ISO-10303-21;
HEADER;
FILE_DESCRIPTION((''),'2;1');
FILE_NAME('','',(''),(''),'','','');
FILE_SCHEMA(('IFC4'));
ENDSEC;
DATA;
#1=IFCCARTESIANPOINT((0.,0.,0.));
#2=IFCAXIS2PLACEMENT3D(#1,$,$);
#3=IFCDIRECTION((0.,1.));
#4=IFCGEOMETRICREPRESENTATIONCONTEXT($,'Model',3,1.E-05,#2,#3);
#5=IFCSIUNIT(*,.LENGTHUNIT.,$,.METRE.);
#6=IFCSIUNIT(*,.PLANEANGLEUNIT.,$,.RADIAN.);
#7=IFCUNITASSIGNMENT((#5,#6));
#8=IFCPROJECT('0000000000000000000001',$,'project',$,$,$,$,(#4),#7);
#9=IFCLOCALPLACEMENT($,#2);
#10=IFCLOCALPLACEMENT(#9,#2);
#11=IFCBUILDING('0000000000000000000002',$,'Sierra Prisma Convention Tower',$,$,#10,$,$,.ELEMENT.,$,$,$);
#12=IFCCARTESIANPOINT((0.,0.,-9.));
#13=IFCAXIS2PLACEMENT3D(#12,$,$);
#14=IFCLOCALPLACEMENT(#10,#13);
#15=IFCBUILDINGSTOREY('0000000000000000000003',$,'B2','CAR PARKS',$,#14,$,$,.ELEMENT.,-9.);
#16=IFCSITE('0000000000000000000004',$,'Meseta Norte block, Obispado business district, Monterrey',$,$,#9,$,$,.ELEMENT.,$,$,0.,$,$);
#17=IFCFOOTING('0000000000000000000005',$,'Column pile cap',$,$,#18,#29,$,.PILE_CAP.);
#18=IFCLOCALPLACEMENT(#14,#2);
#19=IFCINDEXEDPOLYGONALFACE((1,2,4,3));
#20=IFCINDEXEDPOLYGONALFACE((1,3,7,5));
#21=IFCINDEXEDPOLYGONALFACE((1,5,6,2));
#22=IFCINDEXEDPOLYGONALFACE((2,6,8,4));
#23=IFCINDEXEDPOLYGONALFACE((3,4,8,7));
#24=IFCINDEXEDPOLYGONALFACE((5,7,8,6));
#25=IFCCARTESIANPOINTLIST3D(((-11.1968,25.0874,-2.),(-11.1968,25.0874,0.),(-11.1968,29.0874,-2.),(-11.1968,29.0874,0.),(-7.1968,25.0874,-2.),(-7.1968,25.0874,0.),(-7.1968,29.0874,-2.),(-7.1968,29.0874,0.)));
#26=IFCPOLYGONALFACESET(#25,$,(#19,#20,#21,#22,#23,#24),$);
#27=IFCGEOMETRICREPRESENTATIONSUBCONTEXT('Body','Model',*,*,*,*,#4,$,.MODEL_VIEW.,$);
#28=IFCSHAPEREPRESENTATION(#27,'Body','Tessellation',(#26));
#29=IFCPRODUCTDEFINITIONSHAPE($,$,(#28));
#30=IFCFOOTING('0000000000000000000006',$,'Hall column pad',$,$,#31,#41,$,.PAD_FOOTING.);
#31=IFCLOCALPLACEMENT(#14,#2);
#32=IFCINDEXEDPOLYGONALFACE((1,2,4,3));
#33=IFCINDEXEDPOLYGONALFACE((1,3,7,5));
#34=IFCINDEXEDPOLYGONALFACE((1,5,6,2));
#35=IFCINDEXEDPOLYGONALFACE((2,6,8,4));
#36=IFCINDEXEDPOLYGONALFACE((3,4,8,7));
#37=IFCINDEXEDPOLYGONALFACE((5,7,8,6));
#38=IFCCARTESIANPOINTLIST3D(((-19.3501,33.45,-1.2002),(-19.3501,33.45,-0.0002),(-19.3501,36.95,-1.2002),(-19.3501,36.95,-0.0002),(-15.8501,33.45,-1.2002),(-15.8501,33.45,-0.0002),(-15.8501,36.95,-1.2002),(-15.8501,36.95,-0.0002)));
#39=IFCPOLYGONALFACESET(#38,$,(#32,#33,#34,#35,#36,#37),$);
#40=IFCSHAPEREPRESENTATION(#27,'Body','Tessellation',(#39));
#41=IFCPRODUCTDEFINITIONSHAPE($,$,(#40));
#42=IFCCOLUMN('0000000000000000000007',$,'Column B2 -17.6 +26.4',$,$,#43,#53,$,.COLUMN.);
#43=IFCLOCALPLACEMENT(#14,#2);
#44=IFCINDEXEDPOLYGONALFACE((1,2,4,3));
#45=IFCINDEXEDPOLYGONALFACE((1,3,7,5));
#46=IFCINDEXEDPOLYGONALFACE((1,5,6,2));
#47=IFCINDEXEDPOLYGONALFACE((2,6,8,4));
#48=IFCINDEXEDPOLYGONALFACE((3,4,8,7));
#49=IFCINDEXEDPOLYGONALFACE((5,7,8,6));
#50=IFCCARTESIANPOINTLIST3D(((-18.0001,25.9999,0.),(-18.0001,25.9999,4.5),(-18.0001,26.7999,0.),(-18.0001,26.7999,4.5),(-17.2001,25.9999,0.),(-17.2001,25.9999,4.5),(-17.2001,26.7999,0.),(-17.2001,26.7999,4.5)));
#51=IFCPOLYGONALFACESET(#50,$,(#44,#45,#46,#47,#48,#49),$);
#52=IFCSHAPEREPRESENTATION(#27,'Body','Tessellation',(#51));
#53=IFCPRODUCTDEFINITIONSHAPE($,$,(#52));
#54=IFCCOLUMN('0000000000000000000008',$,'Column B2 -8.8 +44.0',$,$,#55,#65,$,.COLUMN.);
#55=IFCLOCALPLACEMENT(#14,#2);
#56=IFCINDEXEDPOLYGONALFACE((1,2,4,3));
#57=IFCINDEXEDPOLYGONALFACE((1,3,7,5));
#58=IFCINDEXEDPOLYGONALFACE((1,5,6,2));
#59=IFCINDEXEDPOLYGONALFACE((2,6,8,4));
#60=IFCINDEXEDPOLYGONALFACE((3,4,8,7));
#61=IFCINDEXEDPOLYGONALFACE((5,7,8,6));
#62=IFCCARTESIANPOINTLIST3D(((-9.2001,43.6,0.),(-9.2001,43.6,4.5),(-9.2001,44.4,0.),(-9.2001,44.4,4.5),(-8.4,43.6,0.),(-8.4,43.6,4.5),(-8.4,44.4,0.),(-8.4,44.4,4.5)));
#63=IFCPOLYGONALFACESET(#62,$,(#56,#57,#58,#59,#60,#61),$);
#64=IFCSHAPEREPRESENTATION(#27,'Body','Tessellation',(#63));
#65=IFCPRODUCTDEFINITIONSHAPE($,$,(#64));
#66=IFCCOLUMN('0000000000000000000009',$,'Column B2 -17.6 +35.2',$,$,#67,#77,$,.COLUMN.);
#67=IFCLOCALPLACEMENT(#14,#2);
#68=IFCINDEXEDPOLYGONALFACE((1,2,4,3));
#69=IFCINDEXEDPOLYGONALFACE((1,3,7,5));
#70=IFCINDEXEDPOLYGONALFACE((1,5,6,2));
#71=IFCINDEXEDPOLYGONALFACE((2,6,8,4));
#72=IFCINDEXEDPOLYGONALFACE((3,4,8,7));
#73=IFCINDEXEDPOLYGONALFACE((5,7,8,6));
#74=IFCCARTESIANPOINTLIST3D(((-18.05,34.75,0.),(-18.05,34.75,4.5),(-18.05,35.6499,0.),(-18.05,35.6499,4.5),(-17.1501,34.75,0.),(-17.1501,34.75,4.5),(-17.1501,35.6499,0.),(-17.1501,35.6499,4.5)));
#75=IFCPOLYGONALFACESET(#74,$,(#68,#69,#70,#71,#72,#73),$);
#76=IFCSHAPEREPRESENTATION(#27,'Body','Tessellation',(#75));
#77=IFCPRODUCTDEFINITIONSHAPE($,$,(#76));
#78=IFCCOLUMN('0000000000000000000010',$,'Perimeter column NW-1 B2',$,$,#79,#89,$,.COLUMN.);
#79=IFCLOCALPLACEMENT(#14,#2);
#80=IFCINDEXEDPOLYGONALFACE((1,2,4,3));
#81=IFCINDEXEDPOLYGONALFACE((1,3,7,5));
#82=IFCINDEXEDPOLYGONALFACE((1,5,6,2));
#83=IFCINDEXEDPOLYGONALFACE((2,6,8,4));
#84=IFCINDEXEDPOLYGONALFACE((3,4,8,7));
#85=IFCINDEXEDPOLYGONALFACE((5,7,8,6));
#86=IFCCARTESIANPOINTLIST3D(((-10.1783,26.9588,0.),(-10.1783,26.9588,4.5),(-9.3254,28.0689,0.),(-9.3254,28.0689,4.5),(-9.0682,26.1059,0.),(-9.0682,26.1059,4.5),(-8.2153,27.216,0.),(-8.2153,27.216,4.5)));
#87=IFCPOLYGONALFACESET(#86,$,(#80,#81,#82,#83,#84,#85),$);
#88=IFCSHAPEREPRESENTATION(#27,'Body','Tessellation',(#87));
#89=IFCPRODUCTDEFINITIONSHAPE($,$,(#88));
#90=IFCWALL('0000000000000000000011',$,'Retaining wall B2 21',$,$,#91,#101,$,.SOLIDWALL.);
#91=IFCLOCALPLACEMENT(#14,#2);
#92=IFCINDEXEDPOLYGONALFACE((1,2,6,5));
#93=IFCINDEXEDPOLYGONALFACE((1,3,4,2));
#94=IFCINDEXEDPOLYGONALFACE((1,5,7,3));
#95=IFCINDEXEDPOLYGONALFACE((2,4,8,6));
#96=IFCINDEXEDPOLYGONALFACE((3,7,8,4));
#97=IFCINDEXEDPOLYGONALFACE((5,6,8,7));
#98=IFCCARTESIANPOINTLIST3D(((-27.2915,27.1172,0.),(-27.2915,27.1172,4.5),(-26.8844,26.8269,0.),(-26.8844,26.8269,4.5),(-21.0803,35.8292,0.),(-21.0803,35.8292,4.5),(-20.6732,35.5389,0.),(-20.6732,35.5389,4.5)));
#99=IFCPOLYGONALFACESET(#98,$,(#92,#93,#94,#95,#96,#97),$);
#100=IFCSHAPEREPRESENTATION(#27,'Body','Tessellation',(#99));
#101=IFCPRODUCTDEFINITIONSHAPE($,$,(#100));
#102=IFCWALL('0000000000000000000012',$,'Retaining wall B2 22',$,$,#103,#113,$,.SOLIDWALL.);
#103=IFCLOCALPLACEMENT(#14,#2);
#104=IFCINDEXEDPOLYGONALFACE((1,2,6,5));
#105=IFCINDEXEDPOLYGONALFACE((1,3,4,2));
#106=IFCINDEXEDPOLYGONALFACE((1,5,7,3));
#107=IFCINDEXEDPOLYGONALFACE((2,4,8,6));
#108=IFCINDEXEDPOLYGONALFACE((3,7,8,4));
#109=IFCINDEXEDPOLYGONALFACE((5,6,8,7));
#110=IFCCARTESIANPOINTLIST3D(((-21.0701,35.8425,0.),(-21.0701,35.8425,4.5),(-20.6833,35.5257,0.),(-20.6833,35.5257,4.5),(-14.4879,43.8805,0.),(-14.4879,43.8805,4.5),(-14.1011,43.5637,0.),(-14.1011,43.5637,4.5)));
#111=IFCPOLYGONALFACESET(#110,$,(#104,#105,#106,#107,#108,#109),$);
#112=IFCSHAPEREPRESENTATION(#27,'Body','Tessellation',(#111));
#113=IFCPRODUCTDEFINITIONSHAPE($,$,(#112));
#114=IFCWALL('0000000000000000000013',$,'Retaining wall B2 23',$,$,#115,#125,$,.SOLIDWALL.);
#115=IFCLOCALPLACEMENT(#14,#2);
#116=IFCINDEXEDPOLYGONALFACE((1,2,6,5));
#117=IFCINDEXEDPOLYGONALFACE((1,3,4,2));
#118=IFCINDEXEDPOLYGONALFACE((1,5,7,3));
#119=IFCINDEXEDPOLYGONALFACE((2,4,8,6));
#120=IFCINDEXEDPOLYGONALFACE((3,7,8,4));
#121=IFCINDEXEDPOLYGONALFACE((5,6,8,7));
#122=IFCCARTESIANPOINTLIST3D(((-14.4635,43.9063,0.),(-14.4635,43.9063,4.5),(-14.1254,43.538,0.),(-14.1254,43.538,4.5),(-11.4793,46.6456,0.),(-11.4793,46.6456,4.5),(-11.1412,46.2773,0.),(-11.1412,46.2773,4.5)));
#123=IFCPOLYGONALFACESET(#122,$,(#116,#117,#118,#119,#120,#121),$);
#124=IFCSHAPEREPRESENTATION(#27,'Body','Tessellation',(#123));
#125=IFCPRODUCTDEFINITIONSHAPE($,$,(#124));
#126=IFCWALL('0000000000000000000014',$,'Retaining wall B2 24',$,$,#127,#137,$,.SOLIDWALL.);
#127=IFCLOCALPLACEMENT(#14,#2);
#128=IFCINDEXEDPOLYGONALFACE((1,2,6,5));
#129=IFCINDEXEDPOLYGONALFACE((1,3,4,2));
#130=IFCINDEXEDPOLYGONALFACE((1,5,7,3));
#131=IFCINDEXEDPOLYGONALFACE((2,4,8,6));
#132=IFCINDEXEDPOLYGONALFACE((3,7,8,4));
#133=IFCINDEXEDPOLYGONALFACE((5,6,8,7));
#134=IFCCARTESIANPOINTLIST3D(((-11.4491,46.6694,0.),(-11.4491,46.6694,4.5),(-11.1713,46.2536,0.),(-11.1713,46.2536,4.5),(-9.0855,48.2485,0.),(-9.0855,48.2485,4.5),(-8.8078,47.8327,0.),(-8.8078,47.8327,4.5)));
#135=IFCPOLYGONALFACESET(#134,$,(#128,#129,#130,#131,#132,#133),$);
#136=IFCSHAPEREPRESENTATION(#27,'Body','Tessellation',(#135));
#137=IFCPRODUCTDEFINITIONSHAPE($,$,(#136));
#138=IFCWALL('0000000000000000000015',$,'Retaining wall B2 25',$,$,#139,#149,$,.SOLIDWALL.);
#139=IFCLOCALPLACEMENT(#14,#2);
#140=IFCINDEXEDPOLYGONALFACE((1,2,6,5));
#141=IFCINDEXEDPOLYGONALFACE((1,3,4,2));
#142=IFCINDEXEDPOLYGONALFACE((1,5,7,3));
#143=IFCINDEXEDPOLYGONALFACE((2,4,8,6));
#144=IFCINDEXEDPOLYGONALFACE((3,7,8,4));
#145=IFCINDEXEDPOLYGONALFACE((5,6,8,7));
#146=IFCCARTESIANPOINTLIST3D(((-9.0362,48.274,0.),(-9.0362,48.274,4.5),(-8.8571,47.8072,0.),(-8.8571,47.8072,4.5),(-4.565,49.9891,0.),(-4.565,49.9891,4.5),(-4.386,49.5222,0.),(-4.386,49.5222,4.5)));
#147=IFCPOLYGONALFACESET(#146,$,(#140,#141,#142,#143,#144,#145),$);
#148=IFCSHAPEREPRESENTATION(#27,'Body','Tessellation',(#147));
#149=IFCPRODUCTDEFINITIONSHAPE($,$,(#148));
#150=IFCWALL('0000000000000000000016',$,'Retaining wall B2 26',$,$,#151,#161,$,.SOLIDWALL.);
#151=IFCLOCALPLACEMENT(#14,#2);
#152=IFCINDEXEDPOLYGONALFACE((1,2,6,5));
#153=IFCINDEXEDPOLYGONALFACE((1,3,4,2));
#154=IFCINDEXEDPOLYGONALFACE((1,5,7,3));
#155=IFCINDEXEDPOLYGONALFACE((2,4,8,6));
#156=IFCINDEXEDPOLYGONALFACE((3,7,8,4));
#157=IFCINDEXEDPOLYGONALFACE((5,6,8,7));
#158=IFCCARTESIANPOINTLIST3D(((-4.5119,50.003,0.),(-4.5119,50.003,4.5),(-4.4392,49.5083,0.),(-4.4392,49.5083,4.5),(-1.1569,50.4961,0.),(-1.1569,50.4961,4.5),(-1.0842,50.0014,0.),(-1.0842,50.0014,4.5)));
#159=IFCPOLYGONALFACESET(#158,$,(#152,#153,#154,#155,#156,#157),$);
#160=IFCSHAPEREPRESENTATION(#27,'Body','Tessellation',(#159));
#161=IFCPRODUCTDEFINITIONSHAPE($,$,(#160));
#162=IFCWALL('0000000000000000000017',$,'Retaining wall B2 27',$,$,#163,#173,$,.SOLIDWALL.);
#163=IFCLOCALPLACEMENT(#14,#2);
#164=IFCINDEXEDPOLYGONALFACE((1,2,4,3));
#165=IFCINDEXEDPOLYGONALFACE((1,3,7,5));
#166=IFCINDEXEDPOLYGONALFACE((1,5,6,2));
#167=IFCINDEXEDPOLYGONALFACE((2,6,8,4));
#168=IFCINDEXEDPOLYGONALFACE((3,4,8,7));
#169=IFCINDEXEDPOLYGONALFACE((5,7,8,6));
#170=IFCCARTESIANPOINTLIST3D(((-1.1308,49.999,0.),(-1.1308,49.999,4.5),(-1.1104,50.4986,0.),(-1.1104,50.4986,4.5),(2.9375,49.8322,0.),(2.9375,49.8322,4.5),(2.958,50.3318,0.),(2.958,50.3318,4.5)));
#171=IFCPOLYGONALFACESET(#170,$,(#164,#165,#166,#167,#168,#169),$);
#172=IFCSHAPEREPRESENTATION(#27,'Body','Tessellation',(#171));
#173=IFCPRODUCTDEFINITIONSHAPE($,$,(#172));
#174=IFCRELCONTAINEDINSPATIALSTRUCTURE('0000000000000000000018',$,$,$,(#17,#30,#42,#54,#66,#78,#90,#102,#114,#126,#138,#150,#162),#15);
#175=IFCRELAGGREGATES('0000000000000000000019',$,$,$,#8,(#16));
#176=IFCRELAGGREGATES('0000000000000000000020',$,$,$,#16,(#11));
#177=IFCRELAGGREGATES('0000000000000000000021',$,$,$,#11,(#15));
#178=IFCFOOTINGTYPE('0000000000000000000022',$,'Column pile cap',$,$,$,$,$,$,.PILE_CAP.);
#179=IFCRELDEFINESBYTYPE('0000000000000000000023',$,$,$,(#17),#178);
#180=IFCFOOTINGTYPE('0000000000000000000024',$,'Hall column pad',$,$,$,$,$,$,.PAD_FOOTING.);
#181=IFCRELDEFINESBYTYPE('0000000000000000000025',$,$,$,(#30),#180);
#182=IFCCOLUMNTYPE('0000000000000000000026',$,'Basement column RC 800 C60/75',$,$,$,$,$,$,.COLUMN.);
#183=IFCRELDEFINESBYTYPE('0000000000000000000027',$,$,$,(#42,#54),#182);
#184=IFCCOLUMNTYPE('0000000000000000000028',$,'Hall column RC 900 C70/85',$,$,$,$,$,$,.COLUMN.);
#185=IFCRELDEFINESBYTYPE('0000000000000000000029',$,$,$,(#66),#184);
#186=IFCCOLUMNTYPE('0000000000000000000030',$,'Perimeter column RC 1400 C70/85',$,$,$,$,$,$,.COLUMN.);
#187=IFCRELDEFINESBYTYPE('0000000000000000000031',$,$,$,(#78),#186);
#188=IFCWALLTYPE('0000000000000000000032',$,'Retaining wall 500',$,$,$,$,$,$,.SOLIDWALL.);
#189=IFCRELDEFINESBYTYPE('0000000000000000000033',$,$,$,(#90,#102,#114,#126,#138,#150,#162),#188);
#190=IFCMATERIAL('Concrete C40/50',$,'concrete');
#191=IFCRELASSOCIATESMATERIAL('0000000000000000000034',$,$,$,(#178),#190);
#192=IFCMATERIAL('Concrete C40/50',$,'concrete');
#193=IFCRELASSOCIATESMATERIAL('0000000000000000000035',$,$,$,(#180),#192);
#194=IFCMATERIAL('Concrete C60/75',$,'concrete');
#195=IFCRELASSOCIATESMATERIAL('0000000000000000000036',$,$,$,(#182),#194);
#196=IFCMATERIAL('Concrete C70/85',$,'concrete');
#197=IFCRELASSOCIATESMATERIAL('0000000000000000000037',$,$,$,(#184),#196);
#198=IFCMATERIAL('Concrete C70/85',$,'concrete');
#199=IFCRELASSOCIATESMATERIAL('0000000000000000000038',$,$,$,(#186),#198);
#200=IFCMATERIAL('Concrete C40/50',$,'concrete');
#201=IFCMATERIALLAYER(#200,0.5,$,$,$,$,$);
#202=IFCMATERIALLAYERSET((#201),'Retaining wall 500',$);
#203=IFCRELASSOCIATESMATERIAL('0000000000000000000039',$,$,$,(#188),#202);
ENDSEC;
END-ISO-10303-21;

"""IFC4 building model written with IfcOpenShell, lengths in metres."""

from ifc_helpers import new_model, si_unit, direction, frame, frame_2d, origin, origin_2d, place, context, subcontext, project, spatial, rectangle, extrude, material, layer, layer_set, material_profile, profile_set, type_object, element, save


model = new_model("IFC4")

# Units and contexts
model_context = context("Model", 3, precision=1e-05, world=origin(), true_north=direction((0.0, 1.0)))
body_context = subcontext(model_context, "Body", "Model", "MODEL_VIEW")
ifc_project = project(units=[si_unit("LENGTHUNIT", "METRE"), si_unit("PLANEANGLEUNIT", "RADIAN")], contexts=[model_context])

# Site, building, storey
site_placement = place(None, origin())
site = spatial("IfcSite", under=ifc_project, at=site_placement, Name="Meseta Norte block, Obispado business district, Monterrey", CompositionType="ELEMENT", RefElevation=0.0)
building_placement = place(site_placement, origin())
building = spatial("IfcBuilding", under=site, at=building_placement, Name="Sierra Prisma Convention Tower", CompositionType="ELEMENT")
storey_placement = place(building_placement, frame((0.0, 0.0, -9.0)))
storey = spatial("IfcBuildingStorey", under=building, at=storey_placement, Name="B2", Description="CAR PARKS", CompositionType="ELEMENT", Elevation=-9.0)

# Footings
ifc_material_1 = material(Name="Concrete C40/50", Category="concrete")
footing_type_1 = type_object("IfcFootingType", Name="Column pile cap", PredefinedType="PILE_CAP", material=ifc_material_1)
footing_1_placement = place(storey_placement, frame((-9.1968, 27.0874, -2.0), z_axis=(0.0, 0.0, 1.0), x_axis=(1.0, 0.0, 0.0)))
element("IfcFooting", 1, at=footing_1_placement, inside=storey, type_object=footing_type_1, Name="Column pile cap", PredefinedType="PILE_CAP", context=body_context, shape_type="SweptSolid", body=[
    extrude(rectangle(XDim=4.0, YDim=4.0, at=origin_2d()), origin(), (0.0, 0.0, 1.0), 2.0),
])
ifc_material_2 = material(Name="Concrete C40/50", Category="concrete")
footing_type_2 = type_object("IfcFootingType", Name="Hall column pad", PredefinedType="PAD_FOOTING", material=ifc_material_2)
footing_2_placement = place(storey_placement, frame((-17.6001, 35.2, -1.2002), z_axis=(0.0, 0.0, 1.0), x_axis=(1.0, 0.0, 0.0)))
element("IfcFooting", 2, at=footing_2_placement, inside=storey, type_object=footing_type_2, Name="Hall column pad", PredefinedType="PAD_FOOTING", context=body_context, shape_type="SweptSolid", body=[
    extrude(rectangle(XDim=3.5, YDim=3.5, at=origin_2d()), origin(), (0.0, 0.0, 1.0), 1.2),
])

# Columns
ifc_material_3 = material(Name="Concrete C60/75", Category="concrete")
ifc_material_profile_1 = material_profile(ifc_material_3, rectangle(XDim=0.8, YDim=0.8, at=origin_2d()), Name="Basement column RC 800 C60/75")
ifc_profile_set_1 = profile_set([ifc_material_profile_1], Name="Concrete C60/75")
column_type_1 = type_object("IfcColumnType", Name="Basement column RC 800 C60/75", PredefinedType="COLUMN", material=ifc_profile_set_1)
for number, where, z_axis, x_axis, name in (
    (3, (-17.6001, 26.3999, 0.0), (0.0, 0.0, 1.0), (1.0, 0.0, 0.0), "Column B2 -17.6 +26.4"),
    (4, (-8.8, 44.0, 0.0), (0.0, 0.0, 1.0), (1.0, 0.0, 0.0), "Column B2 -8.8 +44.0"),
):
    element("IfcColumn", number, at=place(storey_placement, frame(where, z_axis=z_axis, x_axis=x_axis)), inside=storey, type_object=column_type_1, Name=name, PredefinedType="COLUMN", context=body_context, shape_type="SweptSolid", body=[
        extrude(rectangle(XDim=0.8, YDim=0.8, at=origin_2d()), origin(), (0.0, 0.0, 1.0), 4.5),
    ])
ifc_material_4 = material(Name="Concrete C70/85", Category="concrete")
ifc_material_profile_2 = material_profile(ifc_material_4, rectangle(XDim=0.8999, YDim=0.8999, at=origin_2d()), Name="Hall column RC 900 C70/85")
ifc_profile_set_2 = profile_set([ifc_material_profile_2], Name="Concrete C70/85")
column_type_2 = type_object("IfcColumnType", Name="Hall column RC 900 C70/85", PredefinedType="COLUMN", material=ifc_profile_set_2)
column_1_placement = place(storey_placement, frame((-17.6001, 35.2, 0.0), z_axis=(0.0, 0.0, 1.0), x_axis=(1.0, 0.0, 0.0)))
element("IfcColumn", 5, at=column_1_placement, inside=storey, type_object=column_type_2, Name="Column B2 -17.6 +35.2", PredefinedType="COLUMN", context=body_context, shape_type="SweptSolid", body=[
    extrude(rectangle(XDim=0.8999, YDim=0.8999, at=origin_2d()), origin(), (0.0, 0.0, 1.0), 4.5),
])
ifc_material_5 = material(Name="Concrete C70/85", Category="concrete")
ifc_material_profile_3 = material_profile(ifc_material_5, rectangle(XDim=1.3999, YDim=1.3999, at=origin_2d()), Name="Perimeter column RC 1400 C70/85")
ifc_profile_set_3 = profile_set([ifc_material_profile_3], Name="Concrete C70/85")
column_type_3 = type_object("IfcColumnType", Name="Perimeter column RC 1400 C70/85", PredefinedType="COLUMN", material=ifc_profile_set_3)
column_2_placement = place(storey_placement, frame((-9.1968, 27.0874, 0.0), z_axis=(0.0, 0.0, 1.0), x_axis=(0.609232, 0.792992, 0.0)))
element("IfcColumn", 6, at=column_2_placement, inside=storey, type_object=column_type_3, Name="Perimeter column NW-1 B2", PredefinedType="COLUMN", context=body_context, shape_type="SweptSolid", body=[
    extrude(rectangle(XDim=1.3999, YDim=1.3999, at=origin_2d()), origin(), (0.0, 0.0, 1.0), 4.5),
])

# Walls
ifc_material_6 = material(Name="Concrete C40/50", Category="concrete")
ifc_layer = layer(ifc_material_6, 0.5)
ifc_layer_set = layer_set([ifc_layer], Name="Retaining wall 500")
wall_type = type_object("IfcWallType", Name="Retaining wall 500", PredefinedType="SOLIDWALL", material=ifc_layer_set)
wall_1_placement = place(storey_placement, frame((-27.0879, 26.9722, 0.0), z_axis=(0.0, 0.0, 1.0), x_axis=(0.580519, 0.814247, 0.0)))
element("IfcWall", 7, at=wall_1_placement, inside=storey, type_object=wall_type, Name="Retaining wall B2 21", PredefinedType="SOLIDWALL", context=body_context, shape_type="SweptSolid", body=[
    extrude(rectangle(XDim=10.6995, YDim=0.5, at=frame_2d((5.3496, 0.0))), origin(), (0.0, 0.0, 1.0), 4.5),
])
wall_2_placement = place(storey_placement, frame((-20.8767, 35.6841, 0.0), z_axis=(0.0, 0.0, 1.0), x_axis=(0.633564, 0.77369, 0.0)))
element("IfcWall", 8, at=wall_2_placement, inside=storey, type_object=wall_type, Name="Retaining wall B2 22", PredefinedType="SOLIDWALL", context=body_context, shape_type="SweptSolid", body=[
    extrude(rectangle(XDim=10.3892, YDim=0.5, at=frame_2d((5.1946, 0.0))), origin(), (0.0, 0.0, 1.0), 4.5),
])
wall_3_placement = place(storey_placement, frame((-14.2944, 43.7222, 0.0), z_axis=(0.0, 0.0, 1.0), x_axis=(0.736686, 0.676235, 0.0)))
element("IfcWall", 9, at=wall_3_placement, inside=storey, type_object=wall_type, Name="Retaining wall B2 23", PredefinedType="SOLIDWALL", context=body_context, shape_type="SweptSolid", body=[
    extrude(rectangle(XDim=4.0508, YDim=0.5, at=frame_2d((2.0254, 0.0))), origin(), (0.0, 0.0, 1.0), 4.5),
])
wall_4_placement = place(storey_placement, frame((-11.3103, 46.4614, 0.0), z_axis=(0.0, 0.0, 1.0), x_axis=(0.831495, 0.555532, 0.0)))
element("IfcWall", 10, at=wall_4_placement, inside=storey, type_object=wall_type, Name="Retaining wall B2 24", PredefinedType="SOLIDWALL", context=body_context, shape_type="SweptSolid", body=[
    extrude(rectangle(XDim=2.8425, YDim=0.5, at=frame_2d((1.4214, 0.0))), origin(), (0.0, 0.0, 1.0), 4.5),
])
wall_5_placement = place(storey_placement, frame((-8.9468, 48.0405, 0.0), z_axis=(0.0, 0.0, 1.0), x_axis=(0.933667, 0.358142, 0.0)))
element("IfcWall", 11, at=wall_5_placement, inside=storey, type_object=wall_type, Name="Retaining wall B2 25", PredefinedType="SOLIDWALL", context=body_context, shape_type="SweptSolid", body=[
    extrude(rectangle(XDim=4.7888, YDim=0.5, at=frame_2d((2.3945, 0.0))), origin(), (0.0, 0.0, 1.0), 4.5),
])
wall_6_placement = place(storey_placement, frame((-4.4756, 49.7556, 0.0), z_axis=(0.0, 0.0, 1.0), x_axis=(0.989368, 0.145432, 0.0)))
element("IfcWall", 12, at=wall_6_placement, inside=storey, type_object=wall_type, Name="Retaining wall B2 26", PredefinedType="SOLIDWALL", context=body_context, shape_type="SweptSolid", body=[
    extrude(rectangle(XDim=3.3911, YDim=0.5, at=frame_2d((1.6956, 0.0))), origin(), (0.0, 0.0, 1.0), 4.5),
])
wall_7_placement = place(storey_placement, frame((-1.1206, 50.2488, 0.0), z_axis=(0.0, 0.0, 1.0), x_axis=(0.999161, -0.040952, 0.0)))
element("IfcWall", 13, at=wall_7_placement, inside=storey, type_object=wall_type, Name="Retaining wall B2 27", PredefinedType="SOLIDWALL", context=body_context, shape_type="SweptSolid", body=[
    extrude(rectangle(XDim=4.0718, YDim=0.5, at=frame_2d((2.0359, 0.0))), origin(), (0.0, 0.0, 1.0), 4.5),
])

save(model, "model.ifc")
